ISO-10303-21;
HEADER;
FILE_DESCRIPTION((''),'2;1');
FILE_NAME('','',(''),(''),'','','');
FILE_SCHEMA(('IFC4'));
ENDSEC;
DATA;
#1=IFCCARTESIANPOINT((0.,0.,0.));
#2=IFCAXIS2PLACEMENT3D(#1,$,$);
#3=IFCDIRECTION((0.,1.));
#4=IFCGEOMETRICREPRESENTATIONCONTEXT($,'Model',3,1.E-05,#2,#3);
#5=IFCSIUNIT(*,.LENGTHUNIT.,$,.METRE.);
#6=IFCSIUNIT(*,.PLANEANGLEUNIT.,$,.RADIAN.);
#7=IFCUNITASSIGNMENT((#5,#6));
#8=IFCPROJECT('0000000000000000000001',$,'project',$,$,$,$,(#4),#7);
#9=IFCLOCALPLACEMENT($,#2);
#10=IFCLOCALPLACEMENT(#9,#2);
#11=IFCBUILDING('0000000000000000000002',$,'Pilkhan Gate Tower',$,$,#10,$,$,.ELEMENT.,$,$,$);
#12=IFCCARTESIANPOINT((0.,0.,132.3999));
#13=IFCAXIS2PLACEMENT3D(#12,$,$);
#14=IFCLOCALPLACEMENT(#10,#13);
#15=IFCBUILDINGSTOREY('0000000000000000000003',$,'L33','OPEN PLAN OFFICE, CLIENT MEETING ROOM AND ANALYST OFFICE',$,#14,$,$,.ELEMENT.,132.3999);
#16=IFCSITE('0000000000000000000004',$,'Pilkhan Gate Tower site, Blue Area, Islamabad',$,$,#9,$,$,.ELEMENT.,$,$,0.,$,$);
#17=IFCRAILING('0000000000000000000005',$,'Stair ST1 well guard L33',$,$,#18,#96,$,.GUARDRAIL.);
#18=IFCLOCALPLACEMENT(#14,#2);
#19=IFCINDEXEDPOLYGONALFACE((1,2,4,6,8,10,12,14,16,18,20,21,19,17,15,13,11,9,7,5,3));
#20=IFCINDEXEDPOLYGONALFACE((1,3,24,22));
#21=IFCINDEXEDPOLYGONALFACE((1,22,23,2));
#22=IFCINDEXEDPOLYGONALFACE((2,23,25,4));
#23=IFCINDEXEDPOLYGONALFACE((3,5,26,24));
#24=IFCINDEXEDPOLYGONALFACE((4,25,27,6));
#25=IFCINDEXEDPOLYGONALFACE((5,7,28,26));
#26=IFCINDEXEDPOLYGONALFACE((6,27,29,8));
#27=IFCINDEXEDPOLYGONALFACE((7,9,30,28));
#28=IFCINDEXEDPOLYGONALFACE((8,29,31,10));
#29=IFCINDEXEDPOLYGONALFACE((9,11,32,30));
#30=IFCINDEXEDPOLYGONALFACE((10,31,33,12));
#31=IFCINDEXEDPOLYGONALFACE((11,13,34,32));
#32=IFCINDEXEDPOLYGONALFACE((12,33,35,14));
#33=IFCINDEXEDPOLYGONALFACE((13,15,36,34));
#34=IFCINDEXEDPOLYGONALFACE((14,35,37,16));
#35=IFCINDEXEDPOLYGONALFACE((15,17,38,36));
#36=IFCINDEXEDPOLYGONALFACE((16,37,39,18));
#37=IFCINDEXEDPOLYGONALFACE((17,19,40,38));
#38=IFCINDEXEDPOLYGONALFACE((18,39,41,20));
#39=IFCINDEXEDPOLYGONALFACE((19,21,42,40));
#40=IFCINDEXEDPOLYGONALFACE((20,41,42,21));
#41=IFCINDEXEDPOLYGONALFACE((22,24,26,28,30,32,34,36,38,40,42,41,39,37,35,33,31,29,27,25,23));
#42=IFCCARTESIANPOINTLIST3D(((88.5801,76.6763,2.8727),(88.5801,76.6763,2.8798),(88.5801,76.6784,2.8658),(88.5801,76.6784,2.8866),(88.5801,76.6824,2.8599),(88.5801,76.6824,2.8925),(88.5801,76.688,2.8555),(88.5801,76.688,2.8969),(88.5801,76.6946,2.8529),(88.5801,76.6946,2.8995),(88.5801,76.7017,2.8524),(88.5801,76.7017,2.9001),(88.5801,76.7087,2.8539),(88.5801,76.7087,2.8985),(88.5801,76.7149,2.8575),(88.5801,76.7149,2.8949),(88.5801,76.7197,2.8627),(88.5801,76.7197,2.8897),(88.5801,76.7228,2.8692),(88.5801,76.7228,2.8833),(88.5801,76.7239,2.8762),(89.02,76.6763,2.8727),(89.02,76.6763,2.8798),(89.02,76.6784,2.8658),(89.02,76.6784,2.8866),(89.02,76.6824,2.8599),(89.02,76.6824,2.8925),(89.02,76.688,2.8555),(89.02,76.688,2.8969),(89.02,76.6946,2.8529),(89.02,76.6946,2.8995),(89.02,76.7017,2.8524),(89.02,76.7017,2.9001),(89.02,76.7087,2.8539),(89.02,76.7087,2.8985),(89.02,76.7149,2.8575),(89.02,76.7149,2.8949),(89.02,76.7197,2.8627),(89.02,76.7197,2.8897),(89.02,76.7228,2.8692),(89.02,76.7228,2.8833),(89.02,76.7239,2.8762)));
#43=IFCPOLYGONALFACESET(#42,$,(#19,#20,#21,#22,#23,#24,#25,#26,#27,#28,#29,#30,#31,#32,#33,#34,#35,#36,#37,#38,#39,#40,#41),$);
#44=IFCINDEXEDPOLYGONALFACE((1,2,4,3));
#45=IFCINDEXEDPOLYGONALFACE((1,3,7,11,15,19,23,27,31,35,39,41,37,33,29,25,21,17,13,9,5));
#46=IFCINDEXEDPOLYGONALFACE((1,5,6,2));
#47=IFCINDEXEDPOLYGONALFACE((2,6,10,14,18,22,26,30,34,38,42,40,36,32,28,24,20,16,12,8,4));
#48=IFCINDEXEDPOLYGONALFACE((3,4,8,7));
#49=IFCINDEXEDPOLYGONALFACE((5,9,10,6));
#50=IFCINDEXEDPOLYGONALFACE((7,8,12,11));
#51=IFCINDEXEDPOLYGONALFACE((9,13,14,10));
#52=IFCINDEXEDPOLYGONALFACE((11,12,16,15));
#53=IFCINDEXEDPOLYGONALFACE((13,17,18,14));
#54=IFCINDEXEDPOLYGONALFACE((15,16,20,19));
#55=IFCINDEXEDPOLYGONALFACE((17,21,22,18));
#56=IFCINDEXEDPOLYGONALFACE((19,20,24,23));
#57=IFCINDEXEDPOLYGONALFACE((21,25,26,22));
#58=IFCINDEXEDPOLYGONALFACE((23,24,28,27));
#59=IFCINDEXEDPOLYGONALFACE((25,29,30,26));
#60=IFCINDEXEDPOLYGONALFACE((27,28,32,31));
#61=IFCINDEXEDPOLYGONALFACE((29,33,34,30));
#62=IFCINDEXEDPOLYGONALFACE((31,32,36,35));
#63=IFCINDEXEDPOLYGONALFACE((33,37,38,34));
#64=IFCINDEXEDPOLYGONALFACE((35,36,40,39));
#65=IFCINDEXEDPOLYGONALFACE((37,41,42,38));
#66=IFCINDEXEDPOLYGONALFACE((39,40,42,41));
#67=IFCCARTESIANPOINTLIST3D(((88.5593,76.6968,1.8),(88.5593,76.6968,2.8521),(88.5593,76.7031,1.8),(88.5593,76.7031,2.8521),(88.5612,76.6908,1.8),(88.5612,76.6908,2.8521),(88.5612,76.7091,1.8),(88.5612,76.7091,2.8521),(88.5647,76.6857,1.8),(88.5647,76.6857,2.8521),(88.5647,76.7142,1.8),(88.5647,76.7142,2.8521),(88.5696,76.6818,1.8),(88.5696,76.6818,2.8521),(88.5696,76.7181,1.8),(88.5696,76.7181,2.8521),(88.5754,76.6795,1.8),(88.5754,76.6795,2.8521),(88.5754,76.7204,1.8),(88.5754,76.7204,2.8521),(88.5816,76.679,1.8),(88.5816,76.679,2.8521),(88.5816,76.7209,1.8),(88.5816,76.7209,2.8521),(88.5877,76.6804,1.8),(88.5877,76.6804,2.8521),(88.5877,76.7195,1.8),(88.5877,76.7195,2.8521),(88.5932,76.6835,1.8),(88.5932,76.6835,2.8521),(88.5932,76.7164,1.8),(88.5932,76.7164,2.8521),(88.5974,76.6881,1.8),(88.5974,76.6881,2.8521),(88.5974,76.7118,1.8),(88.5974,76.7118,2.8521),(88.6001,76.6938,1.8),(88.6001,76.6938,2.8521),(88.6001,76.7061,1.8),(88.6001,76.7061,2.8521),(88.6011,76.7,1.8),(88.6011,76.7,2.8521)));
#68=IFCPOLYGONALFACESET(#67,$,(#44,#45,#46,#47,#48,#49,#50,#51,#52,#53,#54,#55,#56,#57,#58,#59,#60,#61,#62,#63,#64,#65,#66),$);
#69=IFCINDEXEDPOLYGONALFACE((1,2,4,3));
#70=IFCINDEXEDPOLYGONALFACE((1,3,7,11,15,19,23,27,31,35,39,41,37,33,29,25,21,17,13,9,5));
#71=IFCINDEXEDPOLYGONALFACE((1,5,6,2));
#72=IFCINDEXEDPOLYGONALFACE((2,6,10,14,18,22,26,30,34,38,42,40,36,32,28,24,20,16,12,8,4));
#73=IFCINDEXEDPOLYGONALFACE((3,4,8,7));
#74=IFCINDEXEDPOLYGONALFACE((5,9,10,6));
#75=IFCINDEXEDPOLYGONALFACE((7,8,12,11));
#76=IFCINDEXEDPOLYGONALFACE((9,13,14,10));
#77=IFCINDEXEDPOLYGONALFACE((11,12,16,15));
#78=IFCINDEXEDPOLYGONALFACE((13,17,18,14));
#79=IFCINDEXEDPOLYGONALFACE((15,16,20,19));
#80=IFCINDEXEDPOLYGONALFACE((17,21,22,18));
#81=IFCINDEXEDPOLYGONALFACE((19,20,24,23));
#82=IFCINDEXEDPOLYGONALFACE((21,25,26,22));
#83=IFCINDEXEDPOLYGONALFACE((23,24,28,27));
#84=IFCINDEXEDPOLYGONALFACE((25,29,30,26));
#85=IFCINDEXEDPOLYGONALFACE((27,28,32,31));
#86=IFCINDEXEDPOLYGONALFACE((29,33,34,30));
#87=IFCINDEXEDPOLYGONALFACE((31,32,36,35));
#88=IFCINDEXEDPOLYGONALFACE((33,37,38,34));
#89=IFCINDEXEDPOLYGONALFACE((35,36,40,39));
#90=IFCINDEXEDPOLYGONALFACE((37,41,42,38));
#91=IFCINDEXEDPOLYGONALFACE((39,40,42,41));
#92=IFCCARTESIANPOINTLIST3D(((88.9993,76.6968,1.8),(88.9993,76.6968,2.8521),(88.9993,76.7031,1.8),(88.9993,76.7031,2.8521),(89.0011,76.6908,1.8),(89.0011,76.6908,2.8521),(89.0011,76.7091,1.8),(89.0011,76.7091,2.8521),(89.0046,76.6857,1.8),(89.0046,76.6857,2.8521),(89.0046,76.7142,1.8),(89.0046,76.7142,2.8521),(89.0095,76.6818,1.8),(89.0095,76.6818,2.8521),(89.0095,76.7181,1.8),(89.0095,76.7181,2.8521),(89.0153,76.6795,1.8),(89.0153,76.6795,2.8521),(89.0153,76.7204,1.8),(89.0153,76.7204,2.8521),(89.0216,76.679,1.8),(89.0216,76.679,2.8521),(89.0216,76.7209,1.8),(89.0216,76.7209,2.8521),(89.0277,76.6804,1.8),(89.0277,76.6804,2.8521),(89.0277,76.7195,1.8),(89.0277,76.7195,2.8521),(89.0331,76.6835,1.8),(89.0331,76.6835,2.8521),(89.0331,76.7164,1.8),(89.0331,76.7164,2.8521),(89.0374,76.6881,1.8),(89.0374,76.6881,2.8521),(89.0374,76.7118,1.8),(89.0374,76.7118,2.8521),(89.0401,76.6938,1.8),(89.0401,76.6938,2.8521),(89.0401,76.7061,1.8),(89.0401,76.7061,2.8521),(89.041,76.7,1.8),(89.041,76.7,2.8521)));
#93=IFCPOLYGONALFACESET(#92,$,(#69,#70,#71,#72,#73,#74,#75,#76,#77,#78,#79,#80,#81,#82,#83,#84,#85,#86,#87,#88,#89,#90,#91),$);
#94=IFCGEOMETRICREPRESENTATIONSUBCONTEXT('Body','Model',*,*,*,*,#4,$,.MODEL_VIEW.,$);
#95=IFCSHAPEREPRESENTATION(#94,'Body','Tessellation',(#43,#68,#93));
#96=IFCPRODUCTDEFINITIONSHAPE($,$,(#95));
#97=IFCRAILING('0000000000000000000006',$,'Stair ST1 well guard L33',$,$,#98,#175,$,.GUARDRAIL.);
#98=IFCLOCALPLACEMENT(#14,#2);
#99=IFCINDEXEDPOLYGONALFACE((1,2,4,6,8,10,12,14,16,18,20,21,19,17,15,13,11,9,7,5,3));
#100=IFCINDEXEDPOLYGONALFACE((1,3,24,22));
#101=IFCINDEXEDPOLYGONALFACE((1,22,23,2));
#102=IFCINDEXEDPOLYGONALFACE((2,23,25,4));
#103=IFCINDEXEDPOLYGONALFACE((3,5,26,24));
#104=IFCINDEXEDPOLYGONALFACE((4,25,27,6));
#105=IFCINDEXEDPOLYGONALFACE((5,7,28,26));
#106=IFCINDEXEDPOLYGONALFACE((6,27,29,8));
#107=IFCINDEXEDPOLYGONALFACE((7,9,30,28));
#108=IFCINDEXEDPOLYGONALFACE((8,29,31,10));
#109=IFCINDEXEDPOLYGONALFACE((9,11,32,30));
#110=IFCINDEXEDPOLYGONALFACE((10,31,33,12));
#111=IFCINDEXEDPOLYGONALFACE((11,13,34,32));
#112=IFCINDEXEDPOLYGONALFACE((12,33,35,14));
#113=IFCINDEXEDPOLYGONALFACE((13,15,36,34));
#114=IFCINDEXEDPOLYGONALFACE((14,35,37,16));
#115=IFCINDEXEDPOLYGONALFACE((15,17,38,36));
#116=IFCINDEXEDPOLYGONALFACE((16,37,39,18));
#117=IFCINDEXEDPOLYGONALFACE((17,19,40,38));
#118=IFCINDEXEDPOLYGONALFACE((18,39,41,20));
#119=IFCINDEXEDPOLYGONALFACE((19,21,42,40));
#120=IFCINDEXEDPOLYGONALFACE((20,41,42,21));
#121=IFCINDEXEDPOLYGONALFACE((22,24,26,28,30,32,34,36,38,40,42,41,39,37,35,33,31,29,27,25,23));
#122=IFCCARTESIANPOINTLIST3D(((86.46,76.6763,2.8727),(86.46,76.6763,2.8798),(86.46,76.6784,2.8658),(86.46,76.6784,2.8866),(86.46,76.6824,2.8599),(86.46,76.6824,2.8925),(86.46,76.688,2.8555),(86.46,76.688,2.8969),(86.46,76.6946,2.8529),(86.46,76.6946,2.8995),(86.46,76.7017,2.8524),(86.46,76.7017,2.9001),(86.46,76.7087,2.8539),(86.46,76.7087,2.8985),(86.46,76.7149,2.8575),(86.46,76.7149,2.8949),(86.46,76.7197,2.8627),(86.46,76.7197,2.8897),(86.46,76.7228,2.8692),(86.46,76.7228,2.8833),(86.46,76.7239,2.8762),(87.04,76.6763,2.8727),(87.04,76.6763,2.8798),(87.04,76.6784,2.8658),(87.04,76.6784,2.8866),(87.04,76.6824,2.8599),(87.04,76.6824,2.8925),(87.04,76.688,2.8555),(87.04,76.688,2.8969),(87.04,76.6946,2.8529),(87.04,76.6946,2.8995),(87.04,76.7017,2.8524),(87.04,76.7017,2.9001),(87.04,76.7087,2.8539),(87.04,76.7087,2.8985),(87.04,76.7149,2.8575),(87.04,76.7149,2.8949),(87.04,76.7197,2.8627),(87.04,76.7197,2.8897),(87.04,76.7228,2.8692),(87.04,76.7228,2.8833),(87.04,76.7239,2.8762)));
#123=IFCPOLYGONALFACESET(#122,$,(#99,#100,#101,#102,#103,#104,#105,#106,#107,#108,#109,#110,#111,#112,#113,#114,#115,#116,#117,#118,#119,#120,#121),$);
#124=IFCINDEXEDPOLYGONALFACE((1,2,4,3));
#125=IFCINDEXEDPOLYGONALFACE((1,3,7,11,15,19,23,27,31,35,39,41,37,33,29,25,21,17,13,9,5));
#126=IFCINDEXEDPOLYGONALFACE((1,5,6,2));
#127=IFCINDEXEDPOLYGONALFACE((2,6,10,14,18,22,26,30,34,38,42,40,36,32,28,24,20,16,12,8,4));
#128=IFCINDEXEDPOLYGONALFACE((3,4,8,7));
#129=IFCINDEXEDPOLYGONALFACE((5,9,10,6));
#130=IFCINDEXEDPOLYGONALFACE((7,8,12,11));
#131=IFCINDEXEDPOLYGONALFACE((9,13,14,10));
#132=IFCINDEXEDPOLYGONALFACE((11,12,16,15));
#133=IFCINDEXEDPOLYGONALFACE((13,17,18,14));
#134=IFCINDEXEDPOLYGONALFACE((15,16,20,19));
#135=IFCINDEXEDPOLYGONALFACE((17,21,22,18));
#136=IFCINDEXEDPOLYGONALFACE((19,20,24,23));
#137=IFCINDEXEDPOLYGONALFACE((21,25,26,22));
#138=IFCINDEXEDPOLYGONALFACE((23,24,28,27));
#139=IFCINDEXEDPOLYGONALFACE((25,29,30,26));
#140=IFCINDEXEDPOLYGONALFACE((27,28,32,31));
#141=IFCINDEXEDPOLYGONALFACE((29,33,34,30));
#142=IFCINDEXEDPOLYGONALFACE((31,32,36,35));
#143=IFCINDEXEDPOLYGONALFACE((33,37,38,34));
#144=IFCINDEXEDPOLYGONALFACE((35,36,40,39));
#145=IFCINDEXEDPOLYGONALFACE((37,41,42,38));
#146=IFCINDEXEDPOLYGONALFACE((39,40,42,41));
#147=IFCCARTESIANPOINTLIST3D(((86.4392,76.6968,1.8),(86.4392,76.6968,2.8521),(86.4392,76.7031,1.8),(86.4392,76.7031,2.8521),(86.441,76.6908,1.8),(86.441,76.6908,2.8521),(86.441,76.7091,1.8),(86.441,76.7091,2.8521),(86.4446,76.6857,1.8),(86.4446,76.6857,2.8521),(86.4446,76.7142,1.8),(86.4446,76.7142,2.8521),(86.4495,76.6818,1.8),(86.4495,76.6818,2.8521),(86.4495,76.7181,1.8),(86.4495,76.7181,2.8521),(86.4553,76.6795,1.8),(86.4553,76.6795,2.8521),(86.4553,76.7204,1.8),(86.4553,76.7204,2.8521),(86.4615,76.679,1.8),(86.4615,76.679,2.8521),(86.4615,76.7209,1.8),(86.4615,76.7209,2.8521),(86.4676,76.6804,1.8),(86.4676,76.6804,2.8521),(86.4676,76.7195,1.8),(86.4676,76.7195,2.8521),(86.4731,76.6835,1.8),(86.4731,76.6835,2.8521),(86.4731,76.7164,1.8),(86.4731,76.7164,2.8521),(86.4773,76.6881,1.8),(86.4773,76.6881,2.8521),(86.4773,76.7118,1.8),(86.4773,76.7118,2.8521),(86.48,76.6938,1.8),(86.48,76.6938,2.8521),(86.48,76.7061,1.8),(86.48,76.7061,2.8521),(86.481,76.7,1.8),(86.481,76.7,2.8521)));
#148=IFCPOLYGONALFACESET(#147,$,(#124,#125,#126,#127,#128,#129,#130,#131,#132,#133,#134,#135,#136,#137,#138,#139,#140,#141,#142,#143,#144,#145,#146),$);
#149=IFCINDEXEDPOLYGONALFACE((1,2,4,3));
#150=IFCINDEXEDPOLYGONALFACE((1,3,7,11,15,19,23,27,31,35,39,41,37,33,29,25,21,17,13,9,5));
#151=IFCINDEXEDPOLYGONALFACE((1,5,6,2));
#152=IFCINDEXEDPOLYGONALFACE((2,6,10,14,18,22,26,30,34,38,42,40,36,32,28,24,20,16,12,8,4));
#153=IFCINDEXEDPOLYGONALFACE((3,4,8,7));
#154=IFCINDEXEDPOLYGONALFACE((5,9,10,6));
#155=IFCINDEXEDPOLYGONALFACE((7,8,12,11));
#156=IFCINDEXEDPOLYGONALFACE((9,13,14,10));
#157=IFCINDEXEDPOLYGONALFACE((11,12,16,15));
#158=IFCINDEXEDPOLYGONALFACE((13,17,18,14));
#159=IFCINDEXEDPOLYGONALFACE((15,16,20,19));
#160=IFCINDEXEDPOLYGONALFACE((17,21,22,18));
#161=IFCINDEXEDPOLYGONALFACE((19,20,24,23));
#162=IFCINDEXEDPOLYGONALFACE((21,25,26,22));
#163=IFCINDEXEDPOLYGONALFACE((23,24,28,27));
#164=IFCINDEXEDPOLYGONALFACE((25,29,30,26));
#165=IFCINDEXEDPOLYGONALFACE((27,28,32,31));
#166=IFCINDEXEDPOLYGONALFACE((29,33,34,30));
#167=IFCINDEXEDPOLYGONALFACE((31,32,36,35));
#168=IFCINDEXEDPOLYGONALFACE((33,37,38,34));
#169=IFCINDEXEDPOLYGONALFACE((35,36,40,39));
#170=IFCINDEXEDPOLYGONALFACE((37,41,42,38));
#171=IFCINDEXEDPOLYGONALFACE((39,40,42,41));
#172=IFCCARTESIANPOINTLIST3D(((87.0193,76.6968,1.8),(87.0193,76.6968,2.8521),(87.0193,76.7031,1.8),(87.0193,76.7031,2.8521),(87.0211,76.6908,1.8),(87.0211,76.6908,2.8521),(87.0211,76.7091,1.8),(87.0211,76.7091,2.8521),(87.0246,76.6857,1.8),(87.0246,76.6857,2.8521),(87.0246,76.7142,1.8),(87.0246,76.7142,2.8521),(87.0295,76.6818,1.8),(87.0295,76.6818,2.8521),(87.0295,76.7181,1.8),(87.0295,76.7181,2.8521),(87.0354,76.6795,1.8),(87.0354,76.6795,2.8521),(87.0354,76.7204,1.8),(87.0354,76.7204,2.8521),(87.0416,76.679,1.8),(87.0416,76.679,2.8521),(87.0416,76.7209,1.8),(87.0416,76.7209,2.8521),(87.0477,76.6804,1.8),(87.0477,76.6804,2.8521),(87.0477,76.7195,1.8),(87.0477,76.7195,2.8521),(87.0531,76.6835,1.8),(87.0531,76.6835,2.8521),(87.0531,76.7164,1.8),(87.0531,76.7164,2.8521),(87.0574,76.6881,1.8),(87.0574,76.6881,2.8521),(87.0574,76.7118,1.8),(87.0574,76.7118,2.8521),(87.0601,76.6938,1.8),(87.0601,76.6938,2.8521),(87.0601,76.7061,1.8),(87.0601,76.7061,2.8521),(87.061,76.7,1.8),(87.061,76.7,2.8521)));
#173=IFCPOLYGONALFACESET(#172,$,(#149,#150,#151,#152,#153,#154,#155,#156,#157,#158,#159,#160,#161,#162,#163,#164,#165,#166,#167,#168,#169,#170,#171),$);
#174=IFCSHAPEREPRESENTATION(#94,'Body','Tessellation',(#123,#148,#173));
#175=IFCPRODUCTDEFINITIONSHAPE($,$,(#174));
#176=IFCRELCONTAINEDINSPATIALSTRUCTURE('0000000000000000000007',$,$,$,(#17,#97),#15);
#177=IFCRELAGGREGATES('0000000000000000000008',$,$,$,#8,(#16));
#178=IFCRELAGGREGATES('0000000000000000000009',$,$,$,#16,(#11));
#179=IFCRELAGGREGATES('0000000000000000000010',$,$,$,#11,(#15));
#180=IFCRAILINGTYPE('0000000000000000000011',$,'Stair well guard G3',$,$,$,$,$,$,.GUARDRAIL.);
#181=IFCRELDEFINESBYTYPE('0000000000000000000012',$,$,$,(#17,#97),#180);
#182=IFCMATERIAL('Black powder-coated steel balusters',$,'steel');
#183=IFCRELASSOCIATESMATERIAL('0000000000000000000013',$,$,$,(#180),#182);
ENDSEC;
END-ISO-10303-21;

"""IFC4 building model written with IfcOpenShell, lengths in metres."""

from ifc_helpers import new_model, si_unit, direction, frame, origin, origin_2d, place, context, subcontext, project, spatial, circle, extrude, material, type_object, element, save


model = new_model("IFC4")

# Units and contexts
model_context = context("Model", 3, precision=1e-05, world=origin(), true_north=direction((0.0, 1.0)))
body_context = subcontext(model_context, "Body", "Model", "MODEL_VIEW")
ifc_project = project(units=[si_unit("LENGTHUNIT", "METRE"), si_unit("PLANEANGLEUNIT", "RADIAN")], contexts=[model_context])

# Site, building, storey
site_placement = place(None, origin())
site = spatial("IfcSite", under=ifc_project, at=site_placement, Name="Pilkhan Gate Tower site, Blue Area, Islamabad", CompositionType="ELEMENT", RefElevation=0.0)
building_placement = place(site_placement, origin())
building = spatial("IfcBuilding", under=site, at=building_placement, Name="Pilkhan Gate Tower", CompositionType="ELEMENT")
storey_placement = place(building_placement, frame((0.0, 0.0, 132.3999)))
storey = spatial("IfcBuildingStorey", under=building, at=storey_placement, Name="L33", Description="OPEN PLAN OFFICE, CLIENT MEETING ROOM AND ANALYST OFFICE", CompositionType="ELEMENT", Elevation=132.3999)

# Railings
ifc_material_1 = material(Name="Black powder-coated steel balusters", Category="steel")
railing_type_1 = type_object("IfcRailingType", Name="Stair well guard G3", PredefinedType="GUARDRAIL", material=ifc_material_1)
railing_1_placement = place(storey_placement, frame((88.5801, 76.7, 1.8)))
element("IfcRailing", 1, at=railing_1_placement, inside=storey, type_object=railing_type_1, Name="Stair ST1 well guard L33", PredefinedType="GUARDRAIL", context=body_context, shape_type="SweptSolid", body=[
    extrude(circle(Radius=0.0239, at=origin_2d()), frame((0.0, 0.0, 1.0762), z_axis=(1.0, 0.0, 0.0), x_axis=(0.0, 1.0, 0.0)), (0.0, 0.0, 1.0), 0.4399),
    extrude(circle(Radius=0.021, at=origin_2d()), origin(), (0.0, 0.0, 1.0), 1.052),
    extrude(circle(Radius=0.021, at=origin_2d()), frame((0.4399, 0.0, 0.0)), (0.0, 0.0, 1.0), 1.052),
])
railing_2_placement = place(storey_placement, frame((86.46, 76.7, 1.8)))
element("IfcRailing", 2, at=railing_2_placement, inside=storey, type_object=railing_type_1, Name="Stair ST1 well guard L33", PredefinedType="GUARDRAIL", context=body_context, shape_type="SweptSolid", body=[
    extrude(circle(Radius=0.0239, at=origin_2d()), frame((0.0, 0.0, 1.0762), z_axis=(1.0, 0.0, 0.0), x_axis=(0.0, 1.0, 0.0)), (0.0, 0.0, 1.0), 0.5801),
    extrude(circle(Radius=0.021, at=origin_2d()), origin(), (0.0, 0.0, 1.0), 1.052),
    extrude(circle(Radius=0.021, at=origin_2d()), frame((0.5801, 0.0, 0.0)), (0.0, 0.0, 1.0), 1.052),
])

save(model, "model.ifc")
